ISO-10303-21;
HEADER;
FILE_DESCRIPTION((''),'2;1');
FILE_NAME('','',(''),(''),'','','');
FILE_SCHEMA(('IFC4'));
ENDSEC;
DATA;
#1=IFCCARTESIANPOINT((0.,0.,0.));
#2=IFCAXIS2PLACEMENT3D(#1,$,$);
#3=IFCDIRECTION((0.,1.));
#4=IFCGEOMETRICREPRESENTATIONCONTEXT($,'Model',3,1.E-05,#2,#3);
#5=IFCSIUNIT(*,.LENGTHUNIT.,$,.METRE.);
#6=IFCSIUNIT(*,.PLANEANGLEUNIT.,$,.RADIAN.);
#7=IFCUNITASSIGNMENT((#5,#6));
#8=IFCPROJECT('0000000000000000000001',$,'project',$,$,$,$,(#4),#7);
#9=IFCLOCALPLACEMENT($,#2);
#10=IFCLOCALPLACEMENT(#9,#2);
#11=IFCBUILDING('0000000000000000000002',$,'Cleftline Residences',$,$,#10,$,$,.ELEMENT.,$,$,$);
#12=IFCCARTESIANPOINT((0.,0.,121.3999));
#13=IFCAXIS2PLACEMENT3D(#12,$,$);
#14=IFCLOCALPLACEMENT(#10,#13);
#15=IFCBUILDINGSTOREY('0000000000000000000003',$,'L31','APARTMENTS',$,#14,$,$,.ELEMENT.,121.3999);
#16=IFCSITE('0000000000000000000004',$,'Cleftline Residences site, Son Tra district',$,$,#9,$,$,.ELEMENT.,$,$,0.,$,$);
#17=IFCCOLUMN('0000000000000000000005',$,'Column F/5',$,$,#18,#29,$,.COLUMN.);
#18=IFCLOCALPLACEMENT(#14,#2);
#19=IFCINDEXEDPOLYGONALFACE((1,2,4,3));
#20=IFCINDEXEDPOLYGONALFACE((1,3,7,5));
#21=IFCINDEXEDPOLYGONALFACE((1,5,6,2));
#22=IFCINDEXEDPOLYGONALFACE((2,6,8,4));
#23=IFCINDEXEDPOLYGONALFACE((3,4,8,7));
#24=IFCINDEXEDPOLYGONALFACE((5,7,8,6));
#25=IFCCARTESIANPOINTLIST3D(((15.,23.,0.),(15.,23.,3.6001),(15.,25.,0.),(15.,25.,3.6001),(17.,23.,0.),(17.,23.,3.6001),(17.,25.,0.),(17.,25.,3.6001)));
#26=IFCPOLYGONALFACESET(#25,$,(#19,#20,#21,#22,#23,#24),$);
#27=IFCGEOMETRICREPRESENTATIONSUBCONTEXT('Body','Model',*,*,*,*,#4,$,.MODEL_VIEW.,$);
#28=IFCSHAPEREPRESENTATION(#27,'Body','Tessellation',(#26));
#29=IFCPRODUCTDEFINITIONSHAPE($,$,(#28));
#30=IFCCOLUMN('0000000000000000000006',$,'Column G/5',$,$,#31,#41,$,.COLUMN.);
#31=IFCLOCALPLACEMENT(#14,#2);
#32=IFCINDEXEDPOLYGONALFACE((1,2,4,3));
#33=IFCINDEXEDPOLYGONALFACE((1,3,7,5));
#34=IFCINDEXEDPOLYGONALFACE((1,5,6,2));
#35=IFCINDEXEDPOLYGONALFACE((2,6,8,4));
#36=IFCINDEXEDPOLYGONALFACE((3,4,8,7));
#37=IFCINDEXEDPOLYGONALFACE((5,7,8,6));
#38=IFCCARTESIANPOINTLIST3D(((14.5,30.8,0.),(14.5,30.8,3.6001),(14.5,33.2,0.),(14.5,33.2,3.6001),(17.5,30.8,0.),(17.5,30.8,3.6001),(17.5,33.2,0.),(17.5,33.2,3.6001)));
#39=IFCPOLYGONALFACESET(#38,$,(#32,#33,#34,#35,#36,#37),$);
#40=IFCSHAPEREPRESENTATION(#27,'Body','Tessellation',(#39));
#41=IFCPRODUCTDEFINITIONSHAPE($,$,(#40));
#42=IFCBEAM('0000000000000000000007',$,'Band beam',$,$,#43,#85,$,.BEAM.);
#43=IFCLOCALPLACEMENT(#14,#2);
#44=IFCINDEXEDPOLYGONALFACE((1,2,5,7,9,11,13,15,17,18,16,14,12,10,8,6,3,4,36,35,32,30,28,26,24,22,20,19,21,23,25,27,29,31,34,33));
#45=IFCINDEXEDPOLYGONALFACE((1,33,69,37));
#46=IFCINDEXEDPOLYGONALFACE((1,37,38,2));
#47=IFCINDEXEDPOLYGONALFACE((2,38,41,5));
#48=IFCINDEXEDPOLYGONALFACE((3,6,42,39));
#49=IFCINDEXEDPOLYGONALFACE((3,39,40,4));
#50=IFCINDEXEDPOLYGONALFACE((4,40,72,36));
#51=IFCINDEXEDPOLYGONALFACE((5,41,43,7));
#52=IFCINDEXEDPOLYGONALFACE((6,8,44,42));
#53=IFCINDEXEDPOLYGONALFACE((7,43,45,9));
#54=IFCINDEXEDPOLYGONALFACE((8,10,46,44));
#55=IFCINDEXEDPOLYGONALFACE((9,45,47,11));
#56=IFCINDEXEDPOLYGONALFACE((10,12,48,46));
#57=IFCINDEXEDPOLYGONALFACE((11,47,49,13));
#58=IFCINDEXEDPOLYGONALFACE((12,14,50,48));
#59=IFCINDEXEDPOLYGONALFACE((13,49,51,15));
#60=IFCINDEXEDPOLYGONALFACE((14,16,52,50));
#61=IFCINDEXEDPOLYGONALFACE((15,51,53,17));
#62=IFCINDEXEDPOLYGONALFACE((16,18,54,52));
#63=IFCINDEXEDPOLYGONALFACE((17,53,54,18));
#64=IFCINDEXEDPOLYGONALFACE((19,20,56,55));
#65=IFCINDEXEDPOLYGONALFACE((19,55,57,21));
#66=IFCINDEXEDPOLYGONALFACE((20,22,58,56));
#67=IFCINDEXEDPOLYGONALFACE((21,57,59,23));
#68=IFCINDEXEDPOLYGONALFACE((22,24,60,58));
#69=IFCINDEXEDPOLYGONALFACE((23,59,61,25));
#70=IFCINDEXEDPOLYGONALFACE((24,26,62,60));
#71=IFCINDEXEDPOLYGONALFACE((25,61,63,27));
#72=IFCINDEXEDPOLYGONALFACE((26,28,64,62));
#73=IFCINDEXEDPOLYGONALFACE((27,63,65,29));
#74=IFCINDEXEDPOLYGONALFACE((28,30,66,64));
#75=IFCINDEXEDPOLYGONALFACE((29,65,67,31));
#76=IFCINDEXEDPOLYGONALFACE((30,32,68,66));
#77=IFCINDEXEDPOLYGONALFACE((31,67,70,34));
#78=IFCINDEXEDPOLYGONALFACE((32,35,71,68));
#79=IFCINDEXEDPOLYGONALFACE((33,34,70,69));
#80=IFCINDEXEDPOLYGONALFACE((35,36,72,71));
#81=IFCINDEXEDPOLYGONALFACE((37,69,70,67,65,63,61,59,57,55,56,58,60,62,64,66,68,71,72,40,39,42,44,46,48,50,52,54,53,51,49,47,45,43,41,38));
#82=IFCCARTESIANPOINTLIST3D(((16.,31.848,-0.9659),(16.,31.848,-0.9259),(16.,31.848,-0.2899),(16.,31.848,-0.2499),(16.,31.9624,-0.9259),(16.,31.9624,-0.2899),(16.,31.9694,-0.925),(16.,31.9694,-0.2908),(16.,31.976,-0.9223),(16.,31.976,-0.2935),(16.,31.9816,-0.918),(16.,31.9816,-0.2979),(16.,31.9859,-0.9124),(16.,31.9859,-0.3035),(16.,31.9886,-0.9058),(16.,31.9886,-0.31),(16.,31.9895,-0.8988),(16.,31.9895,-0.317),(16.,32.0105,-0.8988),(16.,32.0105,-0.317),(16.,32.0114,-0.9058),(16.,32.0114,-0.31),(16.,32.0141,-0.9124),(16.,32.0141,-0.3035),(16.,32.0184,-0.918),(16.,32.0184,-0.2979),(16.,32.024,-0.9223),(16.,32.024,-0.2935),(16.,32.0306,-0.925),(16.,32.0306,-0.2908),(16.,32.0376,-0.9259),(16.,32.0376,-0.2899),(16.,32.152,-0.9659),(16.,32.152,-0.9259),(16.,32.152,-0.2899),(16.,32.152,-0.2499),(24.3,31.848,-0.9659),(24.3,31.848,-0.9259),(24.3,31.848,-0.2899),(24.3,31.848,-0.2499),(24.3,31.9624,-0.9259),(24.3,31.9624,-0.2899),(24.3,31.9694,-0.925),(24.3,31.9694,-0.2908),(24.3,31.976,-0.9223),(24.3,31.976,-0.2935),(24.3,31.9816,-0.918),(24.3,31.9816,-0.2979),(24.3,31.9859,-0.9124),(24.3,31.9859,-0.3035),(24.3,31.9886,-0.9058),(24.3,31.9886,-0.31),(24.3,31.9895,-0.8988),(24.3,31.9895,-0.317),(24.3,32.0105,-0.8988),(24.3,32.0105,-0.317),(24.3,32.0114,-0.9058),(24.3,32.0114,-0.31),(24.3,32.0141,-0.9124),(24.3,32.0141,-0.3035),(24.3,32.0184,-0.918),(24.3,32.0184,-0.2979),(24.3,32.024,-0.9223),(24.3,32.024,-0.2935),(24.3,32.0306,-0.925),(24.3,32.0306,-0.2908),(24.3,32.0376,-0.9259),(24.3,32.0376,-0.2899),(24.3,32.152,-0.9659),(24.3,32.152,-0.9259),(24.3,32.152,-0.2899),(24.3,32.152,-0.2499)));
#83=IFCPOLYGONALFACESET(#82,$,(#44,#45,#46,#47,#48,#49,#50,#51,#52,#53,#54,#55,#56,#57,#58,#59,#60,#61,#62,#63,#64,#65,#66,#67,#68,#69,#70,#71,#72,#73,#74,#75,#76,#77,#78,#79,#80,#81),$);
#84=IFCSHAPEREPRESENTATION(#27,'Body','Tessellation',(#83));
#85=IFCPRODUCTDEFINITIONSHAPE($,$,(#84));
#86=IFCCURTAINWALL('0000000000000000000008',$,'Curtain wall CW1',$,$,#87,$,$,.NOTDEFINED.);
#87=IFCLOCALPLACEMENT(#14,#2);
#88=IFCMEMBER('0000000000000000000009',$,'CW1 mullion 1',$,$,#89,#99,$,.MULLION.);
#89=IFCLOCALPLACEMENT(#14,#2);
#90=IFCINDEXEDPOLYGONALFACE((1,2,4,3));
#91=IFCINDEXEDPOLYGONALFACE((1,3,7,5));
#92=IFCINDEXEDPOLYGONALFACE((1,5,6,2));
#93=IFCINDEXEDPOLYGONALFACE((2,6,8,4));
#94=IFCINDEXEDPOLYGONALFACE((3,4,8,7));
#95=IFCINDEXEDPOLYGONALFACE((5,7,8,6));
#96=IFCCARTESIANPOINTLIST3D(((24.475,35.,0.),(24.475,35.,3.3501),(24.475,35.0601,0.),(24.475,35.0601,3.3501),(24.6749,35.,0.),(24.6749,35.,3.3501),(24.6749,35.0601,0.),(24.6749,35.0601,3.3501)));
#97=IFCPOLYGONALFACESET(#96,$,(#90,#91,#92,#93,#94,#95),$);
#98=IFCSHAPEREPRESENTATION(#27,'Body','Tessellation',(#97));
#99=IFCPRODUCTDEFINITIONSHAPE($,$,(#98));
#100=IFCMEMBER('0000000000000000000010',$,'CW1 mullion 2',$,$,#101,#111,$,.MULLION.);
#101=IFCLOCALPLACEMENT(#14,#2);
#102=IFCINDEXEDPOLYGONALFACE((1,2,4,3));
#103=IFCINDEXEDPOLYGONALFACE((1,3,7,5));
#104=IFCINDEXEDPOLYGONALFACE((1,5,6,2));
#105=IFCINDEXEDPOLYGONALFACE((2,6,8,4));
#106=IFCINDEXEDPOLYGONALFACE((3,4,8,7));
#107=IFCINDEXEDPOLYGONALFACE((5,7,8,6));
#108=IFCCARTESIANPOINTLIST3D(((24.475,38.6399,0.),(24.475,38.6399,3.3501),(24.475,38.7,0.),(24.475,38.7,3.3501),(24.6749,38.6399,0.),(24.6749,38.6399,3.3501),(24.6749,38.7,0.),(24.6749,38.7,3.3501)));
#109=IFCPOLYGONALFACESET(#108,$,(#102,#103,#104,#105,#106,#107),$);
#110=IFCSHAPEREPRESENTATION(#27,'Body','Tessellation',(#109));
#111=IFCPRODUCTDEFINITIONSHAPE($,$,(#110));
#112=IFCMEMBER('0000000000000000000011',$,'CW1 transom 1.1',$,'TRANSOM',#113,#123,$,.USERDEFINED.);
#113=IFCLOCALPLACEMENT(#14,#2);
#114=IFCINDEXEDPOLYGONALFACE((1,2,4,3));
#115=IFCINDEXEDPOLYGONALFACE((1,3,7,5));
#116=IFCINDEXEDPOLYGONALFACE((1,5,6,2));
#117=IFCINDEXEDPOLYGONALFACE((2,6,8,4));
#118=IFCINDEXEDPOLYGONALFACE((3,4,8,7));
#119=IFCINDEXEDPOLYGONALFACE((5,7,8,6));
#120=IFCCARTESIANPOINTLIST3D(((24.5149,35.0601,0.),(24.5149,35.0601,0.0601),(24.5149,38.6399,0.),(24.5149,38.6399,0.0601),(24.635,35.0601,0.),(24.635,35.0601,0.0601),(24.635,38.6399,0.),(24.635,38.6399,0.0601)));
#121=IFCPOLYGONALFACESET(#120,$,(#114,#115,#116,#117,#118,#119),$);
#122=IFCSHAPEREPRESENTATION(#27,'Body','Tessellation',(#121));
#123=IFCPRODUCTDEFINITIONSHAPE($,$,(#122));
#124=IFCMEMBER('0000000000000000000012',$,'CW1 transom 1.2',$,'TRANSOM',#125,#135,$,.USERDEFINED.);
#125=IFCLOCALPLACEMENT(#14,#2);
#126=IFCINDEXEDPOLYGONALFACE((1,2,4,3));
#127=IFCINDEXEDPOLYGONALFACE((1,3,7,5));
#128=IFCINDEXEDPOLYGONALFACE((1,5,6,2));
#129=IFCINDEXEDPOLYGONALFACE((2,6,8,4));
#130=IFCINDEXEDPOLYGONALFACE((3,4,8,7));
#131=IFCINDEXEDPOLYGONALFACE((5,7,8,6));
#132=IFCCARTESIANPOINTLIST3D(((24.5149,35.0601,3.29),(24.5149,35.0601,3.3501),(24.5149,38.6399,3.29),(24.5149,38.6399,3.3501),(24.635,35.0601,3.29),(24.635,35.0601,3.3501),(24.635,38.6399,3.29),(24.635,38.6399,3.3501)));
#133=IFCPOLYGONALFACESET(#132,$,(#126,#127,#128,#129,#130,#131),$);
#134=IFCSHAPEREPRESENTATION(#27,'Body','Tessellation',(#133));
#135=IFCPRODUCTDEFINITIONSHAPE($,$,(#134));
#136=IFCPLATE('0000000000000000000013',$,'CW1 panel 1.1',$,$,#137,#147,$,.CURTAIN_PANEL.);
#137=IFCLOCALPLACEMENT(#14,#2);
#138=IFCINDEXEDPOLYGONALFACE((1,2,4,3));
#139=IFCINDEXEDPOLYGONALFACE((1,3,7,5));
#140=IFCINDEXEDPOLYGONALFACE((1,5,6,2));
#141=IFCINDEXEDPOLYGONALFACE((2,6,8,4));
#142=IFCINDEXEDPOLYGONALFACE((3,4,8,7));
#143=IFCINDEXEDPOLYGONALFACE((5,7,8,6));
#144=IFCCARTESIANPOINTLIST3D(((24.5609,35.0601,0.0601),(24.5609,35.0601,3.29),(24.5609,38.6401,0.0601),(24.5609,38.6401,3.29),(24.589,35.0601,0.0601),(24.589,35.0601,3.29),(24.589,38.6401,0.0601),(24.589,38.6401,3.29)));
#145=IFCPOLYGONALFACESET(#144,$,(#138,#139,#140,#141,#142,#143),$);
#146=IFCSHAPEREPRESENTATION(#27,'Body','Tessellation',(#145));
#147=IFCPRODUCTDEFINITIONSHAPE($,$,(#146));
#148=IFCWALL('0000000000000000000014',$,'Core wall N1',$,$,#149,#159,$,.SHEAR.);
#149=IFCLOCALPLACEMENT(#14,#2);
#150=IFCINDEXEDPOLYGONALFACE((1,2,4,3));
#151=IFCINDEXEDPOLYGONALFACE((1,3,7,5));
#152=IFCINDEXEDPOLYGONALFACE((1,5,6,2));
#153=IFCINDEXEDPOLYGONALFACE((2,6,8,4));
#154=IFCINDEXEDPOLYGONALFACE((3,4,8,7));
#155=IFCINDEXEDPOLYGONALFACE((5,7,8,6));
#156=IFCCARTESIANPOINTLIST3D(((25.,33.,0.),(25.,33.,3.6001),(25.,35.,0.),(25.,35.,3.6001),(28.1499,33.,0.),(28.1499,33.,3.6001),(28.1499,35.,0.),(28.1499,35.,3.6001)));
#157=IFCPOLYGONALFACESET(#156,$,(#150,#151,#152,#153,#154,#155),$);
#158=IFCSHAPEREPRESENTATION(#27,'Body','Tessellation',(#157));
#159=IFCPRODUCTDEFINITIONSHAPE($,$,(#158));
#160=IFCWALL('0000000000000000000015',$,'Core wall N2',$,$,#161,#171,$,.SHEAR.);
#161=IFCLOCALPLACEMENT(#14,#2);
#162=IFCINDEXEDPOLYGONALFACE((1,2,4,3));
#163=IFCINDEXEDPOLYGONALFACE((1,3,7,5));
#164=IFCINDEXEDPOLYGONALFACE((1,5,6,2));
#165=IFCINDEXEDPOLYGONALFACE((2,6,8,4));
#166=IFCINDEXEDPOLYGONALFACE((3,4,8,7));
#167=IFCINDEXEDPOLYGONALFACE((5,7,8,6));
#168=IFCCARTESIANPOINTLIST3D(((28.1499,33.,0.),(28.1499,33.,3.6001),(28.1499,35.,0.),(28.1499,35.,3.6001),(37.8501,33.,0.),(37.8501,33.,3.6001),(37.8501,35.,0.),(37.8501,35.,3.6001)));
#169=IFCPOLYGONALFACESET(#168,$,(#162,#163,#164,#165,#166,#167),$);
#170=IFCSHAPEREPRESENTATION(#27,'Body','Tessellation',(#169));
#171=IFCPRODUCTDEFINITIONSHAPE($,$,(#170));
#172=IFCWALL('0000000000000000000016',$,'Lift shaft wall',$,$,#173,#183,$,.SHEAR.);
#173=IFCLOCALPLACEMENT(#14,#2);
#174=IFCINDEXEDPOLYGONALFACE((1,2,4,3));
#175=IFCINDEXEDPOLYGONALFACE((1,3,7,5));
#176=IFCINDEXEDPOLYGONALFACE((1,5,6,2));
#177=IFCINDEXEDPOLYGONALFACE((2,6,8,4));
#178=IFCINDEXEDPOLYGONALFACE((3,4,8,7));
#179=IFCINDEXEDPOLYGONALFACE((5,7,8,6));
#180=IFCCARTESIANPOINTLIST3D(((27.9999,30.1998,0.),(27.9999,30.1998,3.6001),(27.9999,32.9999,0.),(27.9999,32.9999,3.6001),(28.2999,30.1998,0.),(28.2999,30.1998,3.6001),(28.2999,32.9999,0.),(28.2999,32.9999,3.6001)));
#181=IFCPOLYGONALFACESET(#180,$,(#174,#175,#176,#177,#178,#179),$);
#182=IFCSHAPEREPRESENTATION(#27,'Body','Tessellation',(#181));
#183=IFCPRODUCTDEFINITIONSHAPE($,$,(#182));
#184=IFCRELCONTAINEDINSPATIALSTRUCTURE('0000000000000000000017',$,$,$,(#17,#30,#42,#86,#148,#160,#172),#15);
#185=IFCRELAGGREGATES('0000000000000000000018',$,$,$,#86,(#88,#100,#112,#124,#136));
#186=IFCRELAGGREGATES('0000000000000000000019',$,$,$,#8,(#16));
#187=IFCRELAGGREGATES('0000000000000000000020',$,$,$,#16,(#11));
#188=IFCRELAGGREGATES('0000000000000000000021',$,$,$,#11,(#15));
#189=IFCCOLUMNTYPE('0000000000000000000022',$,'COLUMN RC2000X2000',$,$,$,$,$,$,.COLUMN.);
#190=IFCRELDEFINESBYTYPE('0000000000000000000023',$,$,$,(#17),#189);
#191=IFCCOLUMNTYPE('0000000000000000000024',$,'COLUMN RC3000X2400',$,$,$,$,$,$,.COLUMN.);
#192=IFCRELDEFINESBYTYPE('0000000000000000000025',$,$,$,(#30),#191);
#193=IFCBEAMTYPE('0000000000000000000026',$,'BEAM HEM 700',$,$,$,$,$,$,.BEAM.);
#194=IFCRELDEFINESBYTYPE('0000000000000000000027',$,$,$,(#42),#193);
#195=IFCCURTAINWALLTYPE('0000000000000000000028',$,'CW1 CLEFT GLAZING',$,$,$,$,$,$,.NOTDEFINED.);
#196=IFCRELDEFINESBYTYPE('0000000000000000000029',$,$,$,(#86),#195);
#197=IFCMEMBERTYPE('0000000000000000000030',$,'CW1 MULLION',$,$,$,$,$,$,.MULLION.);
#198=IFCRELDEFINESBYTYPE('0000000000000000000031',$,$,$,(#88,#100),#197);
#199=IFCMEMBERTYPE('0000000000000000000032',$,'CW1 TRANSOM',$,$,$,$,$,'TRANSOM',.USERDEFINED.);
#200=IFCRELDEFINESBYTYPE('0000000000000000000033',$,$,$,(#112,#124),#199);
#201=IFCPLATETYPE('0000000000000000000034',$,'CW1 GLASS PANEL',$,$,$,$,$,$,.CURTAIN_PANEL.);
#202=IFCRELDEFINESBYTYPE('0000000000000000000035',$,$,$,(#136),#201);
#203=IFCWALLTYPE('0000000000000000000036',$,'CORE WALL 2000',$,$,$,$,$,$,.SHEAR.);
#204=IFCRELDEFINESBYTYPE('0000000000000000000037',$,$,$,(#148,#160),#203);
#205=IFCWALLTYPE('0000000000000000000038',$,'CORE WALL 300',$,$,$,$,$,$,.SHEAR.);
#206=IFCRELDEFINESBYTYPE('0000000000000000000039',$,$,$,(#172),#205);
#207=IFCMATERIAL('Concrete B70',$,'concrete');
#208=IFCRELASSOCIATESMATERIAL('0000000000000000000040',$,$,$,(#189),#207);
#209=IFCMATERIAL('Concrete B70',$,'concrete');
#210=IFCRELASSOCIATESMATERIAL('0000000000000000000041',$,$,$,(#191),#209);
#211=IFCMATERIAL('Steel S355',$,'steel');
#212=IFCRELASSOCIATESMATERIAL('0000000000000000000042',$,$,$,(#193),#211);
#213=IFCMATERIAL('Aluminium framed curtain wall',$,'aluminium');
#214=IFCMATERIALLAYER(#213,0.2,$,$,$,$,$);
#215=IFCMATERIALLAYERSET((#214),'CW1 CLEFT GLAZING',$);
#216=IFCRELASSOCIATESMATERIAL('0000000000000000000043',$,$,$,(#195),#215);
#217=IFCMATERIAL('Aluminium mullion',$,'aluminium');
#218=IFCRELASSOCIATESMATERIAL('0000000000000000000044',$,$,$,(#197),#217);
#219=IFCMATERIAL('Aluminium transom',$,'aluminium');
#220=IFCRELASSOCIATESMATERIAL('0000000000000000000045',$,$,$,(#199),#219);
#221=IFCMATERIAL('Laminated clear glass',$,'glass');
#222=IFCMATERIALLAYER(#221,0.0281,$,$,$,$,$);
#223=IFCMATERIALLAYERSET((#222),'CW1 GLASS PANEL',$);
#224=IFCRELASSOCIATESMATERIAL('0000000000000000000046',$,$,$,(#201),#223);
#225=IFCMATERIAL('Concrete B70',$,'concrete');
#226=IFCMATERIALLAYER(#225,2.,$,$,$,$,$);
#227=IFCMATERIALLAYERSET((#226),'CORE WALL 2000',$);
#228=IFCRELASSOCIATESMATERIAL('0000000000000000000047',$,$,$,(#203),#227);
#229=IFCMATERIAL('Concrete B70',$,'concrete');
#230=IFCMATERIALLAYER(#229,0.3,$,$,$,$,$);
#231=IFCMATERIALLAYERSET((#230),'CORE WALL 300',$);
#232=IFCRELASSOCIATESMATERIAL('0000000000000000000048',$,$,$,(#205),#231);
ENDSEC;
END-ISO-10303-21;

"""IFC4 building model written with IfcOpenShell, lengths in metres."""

from ifc_helpers import new_model, si_unit, direction, frame, frame_2d, origin, origin_2d, place, context, subcontext, project, spatial, rectangle, i_section, extrude, material, layer, layer_set, material_profile, profile_set, type_object, element, aggregate, save


model = new_model("IFC4")

# Units and contexts
model_context = context("Model", 3, precision=1e-05, world=origin(), true_north=direction((0.0, 1.0)))
body_context = subcontext(model_context, "Body", "Model", "MODEL_VIEW")
ifc_project = project(units=[si_unit("LENGTHUNIT", "METRE"), si_unit("PLANEANGLEUNIT", "RADIAN")], contexts=[model_context])

# Site, building, storey
site_placement = place(None, origin())
site = spatial("IfcSite", under=ifc_project, at=site_placement, Name="Cleftline Residences site, Son Tra district", CompositionType="ELEMENT", RefElevation=0.0)
building_placement = place(site_placement, origin())
building = spatial("IfcBuilding", under=site, at=building_placement, Name="Cleftline Residences", CompositionType="ELEMENT")
storey_placement = place(building_placement, frame((0.0, 0.0, 121.3999)))
storey = spatial("IfcBuildingStorey", under=building, at=storey_placement, Name="L31", Description="APARTMENTS", CompositionType="ELEMENT", Elevation=121.3999)

# Columns
ifc_material_1 = material(Name="Concrete B70", Category="concrete")
ifc_material_profile_1 = material_profile(ifc_material_1, rectangle(XDim=2.0, YDim=2.0, at=origin_2d()))
ifc_profile_set_1 = profile_set([ifc_material_profile_1], Name="Concrete B70")
column_type_1 = type_object("IfcColumnType", Name="COLUMN RC2000X2000", PredefinedType="COLUMN", material=ifc_profile_set_1)
column_1_placement = place(storey_placement, frame((16.0, 24.0, 0.0), z_axis=(0.0, 0.0, 1.0), x_axis=(1.0, 0.0, 0.0)))
element("IfcColumn", 1, at=column_1_placement, inside=storey, type_object=column_type_1, Name="Column F/5", PredefinedType="COLUMN", context=body_context, shape_type="SweptSolid", body=[
    extrude(rectangle(XDim=2.0, YDim=2.0, at=origin_2d()), origin(), (0.0, 0.0, 1.0), 3.6001),
])
ifc_material_2 = material(Name="Concrete B70", Category="concrete")
ifc_material_profile_2 = material_profile(ifc_material_2, rectangle(XDim=3.0, YDim=2.3999, at=origin_2d()))
ifc_profile_set_2 = profile_set([ifc_material_profile_2], Name="Concrete B70")
column_type_2 = type_object("IfcColumnType", Name="COLUMN RC3000X2400", PredefinedType="COLUMN", material=ifc_profile_set_2)
column_2_placement = place(storey_placement, frame((16.0, 32.0, 0.0), z_axis=(0.0, 0.0, 1.0), x_axis=(1.0, 0.0, 0.0)))
element("IfcColumn", 2, at=column_2_placement, inside=storey, type_object=column_type_2, Name="Column G/5", PredefinedType="COLUMN", context=body_context, shape_type="SweptSolid", body=[
    extrude(rectangle(XDim=3.0, YDim=2.3999, at=origin_2d()), origin(), (0.0, 0.0, 1.0), 3.6001),
])

# Beam
ifc_material_3 = material(Name="Steel S355", Category="steel")
ifc_material_profile_3 = material_profile(ifc_material_3, i_section(OverallWidth=0.304, OverallDepth=0.7161, WebThickness=0.021, FlangeThickness=0.04, FilletRadius=0.0271, at=origin_2d()))
ifc_profile_set_3 = profile_set([ifc_material_profile_3], Name="Steel S355")
beam_type = type_object("IfcBeamType", Name="BEAM HEM 700", PredefinedType="BEAM", material=ifc_profile_set_3)
beam_placement = place(storey_placement, frame((16.0, 32.0, -0.6079), z_axis=(1.0, 0.0, 0.0), x_axis=(0.0, 1.0, 0.0)))
element("IfcBeam", 3, at=beam_placement, inside=storey, type_object=beam_type, Name="Band beam", PredefinedType="BEAM", context=body_context, shape_type="SweptSolid", body=[
    extrude(i_section(OverallWidth=0.304, OverallDepth=0.7161, WebThickness=0.021, FlangeThickness=0.04, FilletRadius=0.0271, at=origin_2d()), origin(), (0.0, 0.0, 1.0), 8.3),
])

# Curtain wall, members, plate
ifc_material_4 = material(Name="Aluminium framed curtain wall", Category="aluminium")
ifc_layer_1 = layer(ifc_material_4, 0.2)
ifc_layer_set_1 = layer_set([ifc_layer_1], Name="CW1 CLEFT GLAZING")
curtain_wall_type = type_object("IfcCurtainWallType", Name="CW1 CLEFT GLAZING", PredefinedType="NOTDEFINED", material=ifc_layer_set_1)
curtain_wall_placement = place(storey_placement, origin())
curtain_wall = element("IfcCurtainWall", 4, at=curtain_wall_placement, inside=storey, type_object=curtain_wall_type, Name="Curtain wall CW1", PredefinedType="NOTDEFINED")
ifc_material_5 = material(Name="Aluminium mullion", Category="aluminium")
ifc_material_profile_4 = material_profile(ifc_material_5, rectangle(XDim=0.2, YDim=0.0601, at=origin_2d()))
ifc_profile_set_4 = profile_set([ifc_material_profile_4], Name="Aluminium mullion")
member_type_1 = type_object("IfcMemberType", Name="CW1 MULLION", PredefinedType="MULLION", material=ifc_profile_set_4)
member_1_placement = place(storey_placement, frame((24.575, 35.03, 0.0), z_axis=(0.0, 0.0, 1.0), x_axis=(-1.0, 0.0, 0.0)))
member_1 = element("IfcMember", 5, at=member_1_placement, type_object=member_type_1, Name="CW1 mullion 1", PredefinedType="MULLION", context=body_context, shape_type="SweptSolid", body=[
    extrude(rectangle(XDim=0.2, YDim=0.0601, at=origin_2d()), origin(), (0.0, 0.0, 1.0), 3.3501),
])
member_2_placement = place(storey_placement, frame((24.575, 38.6699, 0.0), z_axis=(0.0, 0.0, 1.0), x_axis=(-1.0, 0.0, 0.0)))
member_2 = element("IfcMember", 6, at=member_2_placement, type_object=member_type_1, Name="CW1 mullion 2", PredefinedType="MULLION", context=body_context, shape_type="SweptSolid", body=[
    extrude(rectangle(XDim=0.2, YDim=0.0601, at=origin_2d()), origin(), (0.0, 0.0, 1.0), 3.3501),
])
ifc_material_6 = material(Name="Aluminium transom", Category="aluminium")
ifc_material_profile_5 = material_profile(ifc_material_6, rectangle(XDim=0.1201, YDim=0.0601, at=origin_2d()))
ifc_profile_set_5 = profile_set([ifc_material_profile_5], Name="Aluminium transom")
member_type_2 = type_object("IfcMemberType", Name="CW1 TRANSOM", ElementType="TRANSOM", PredefinedType="USERDEFINED", material=ifc_profile_set_5)
member_3_placement = place(storey_placement, frame((24.575, 35.0601, 0.03), z_axis=(0.0, 1.0, 0.0), x_axis=(-1.0, 0.0, 0.0)))
member_3 = element("IfcMember", 7, at=member_3_placement, type_object=member_type_2, Name="CW1 transom 1.1", ObjectType="TRANSOM", PredefinedType="USERDEFINED", context=body_context, shape_type="SweptSolid", body=[
    extrude(rectangle(XDim=0.1201, YDim=0.0601, at=origin_2d()), origin(), (0.0, 0.0, 1.0), 3.5798),
])
member_4_placement = place(storey_placement, frame((24.575, 35.0601, 3.3201), z_axis=(0.0, 1.0, 0.0), x_axis=(-1.0, 0.0, 0.0)))
member_4 = element("IfcMember", 8, at=member_4_placement, type_object=member_type_2, Name="CW1 transom 1.2", ObjectType="TRANSOM", PredefinedType="USERDEFINED", context=body_context, shape_type="SweptSolid", body=[
    extrude(rectangle(XDim=0.1201, YDim=0.0601, at=origin_2d()), origin(), (0.0, 0.0, 1.0), 3.5798),
])
ifc_material_7 = material(Name="Laminated clear glass", Category="glass")
ifc_layer_2 = layer(ifc_material_7, 0.0281)
ifc_layer_set_2 = layer_set([ifc_layer_2], Name="CW1 GLASS PANEL")
plate_type = type_object("IfcPlateType", Name="CW1 GLASS PANEL", PredefinedType="CURTAIN_PANEL", material=ifc_layer_set_2)
plate_placement = place(storey_placement, frame((24.575, 36.8501, 0.0601), z_axis=(0.0, 0.0, 1.0), x_axis=(0.0, 1.0, 0.0)))
plate = element("IfcPlate", 9, at=plate_placement, type_object=plate_type, Name="CW1 panel 1.1", PredefinedType="CURTAIN_PANEL", context=body_context, shape_type="SweptSolid", body=[
    extrude(rectangle(XDim=3.5801, YDim=0.0281, at=origin_2d()), origin(), (0.0, 0.0, 1.0), 3.23),
])
aggregate(curtain_wall, [member_1, member_2, member_3, member_4, plate])

# Walls
ifc_material_8 = material(Name="Concrete B70", Category="concrete")
ifc_layer_3 = layer(ifc_material_8, 2.0)
ifc_layer_set_3 = layer_set([ifc_layer_3], Name="CORE WALL 2000")
wall_type_1 = type_object("IfcWallType", Name="CORE WALL 2000", PredefinedType="SHEAR", material=ifc_layer_set_3)
wall_1_placement = place(storey_placement, frame((25.0, 34.0, 0.0), z_axis=(0.0, 0.0, 1.0), x_axis=(1.0, 0.0, 0.0)))
element("IfcWall", 10, at=wall_1_placement, inside=storey, type_object=wall_type_1, Name="Core wall N1", PredefinedType="SHEAR", context=body_context, shape_type="SweptSolid", body=[
    extrude(rectangle(XDim=3.1499, YDim=2.0, at=frame_2d((1.575, 0.0))), origin(), (0.0, 0.0, 1.0), 3.6001),
])
wall_2_placement = place(storey_placement, frame((28.1499, 34.0, 0.0), z_axis=(0.0, 0.0, 1.0), x_axis=(1.0, 0.0, 0.0)))
element("IfcWall", 11, at=wall_2_placement, inside=storey, type_object=wall_type_1, Name="Core wall N2", PredefinedType="SHEAR", context=body_context, shape_type="SweptSolid", body=[
    extrude(rectangle(XDim=9.7002, YDim=2.0, at=frame_2d((4.8501, 0.0))), origin(), (0.0, 0.0, 1.0), 3.6001),
])
ifc_material_9 = material(Name="Concrete B70", Category="concrete")
ifc_layer_4 = layer(ifc_material_9, 0.3)
ifc_layer_set_4 = layer_set([ifc_layer_4], Name="CORE WALL 300")
wall_type_2 = type_object("IfcWallType", Name="CORE WALL 300", PredefinedType="SHEAR", material=ifc_layer_set_4)
wall_3_placement = place(storey_placement, frame((28.1499, 30.2, 0.0), z_axis=(0.0, 0.0, 1.0), x_axis=(0.0, 1.0, 0.0)))
element("IfcWall", 12, at=wall_3_placement, inside=storey, type_object=wall_type_2, Name="Lift shaft wall", PredefinedType="SHEAR", context=body_context, shape_type="SweptSolid", body=[
    extrude(rectangle(XDim=2.8, YDim=0.3, at=frame_2d((1.3999, 0.0))), origin(), (0.0, 0.0, 1.0), 3.6001),
])

save(model, "model.ifc")
